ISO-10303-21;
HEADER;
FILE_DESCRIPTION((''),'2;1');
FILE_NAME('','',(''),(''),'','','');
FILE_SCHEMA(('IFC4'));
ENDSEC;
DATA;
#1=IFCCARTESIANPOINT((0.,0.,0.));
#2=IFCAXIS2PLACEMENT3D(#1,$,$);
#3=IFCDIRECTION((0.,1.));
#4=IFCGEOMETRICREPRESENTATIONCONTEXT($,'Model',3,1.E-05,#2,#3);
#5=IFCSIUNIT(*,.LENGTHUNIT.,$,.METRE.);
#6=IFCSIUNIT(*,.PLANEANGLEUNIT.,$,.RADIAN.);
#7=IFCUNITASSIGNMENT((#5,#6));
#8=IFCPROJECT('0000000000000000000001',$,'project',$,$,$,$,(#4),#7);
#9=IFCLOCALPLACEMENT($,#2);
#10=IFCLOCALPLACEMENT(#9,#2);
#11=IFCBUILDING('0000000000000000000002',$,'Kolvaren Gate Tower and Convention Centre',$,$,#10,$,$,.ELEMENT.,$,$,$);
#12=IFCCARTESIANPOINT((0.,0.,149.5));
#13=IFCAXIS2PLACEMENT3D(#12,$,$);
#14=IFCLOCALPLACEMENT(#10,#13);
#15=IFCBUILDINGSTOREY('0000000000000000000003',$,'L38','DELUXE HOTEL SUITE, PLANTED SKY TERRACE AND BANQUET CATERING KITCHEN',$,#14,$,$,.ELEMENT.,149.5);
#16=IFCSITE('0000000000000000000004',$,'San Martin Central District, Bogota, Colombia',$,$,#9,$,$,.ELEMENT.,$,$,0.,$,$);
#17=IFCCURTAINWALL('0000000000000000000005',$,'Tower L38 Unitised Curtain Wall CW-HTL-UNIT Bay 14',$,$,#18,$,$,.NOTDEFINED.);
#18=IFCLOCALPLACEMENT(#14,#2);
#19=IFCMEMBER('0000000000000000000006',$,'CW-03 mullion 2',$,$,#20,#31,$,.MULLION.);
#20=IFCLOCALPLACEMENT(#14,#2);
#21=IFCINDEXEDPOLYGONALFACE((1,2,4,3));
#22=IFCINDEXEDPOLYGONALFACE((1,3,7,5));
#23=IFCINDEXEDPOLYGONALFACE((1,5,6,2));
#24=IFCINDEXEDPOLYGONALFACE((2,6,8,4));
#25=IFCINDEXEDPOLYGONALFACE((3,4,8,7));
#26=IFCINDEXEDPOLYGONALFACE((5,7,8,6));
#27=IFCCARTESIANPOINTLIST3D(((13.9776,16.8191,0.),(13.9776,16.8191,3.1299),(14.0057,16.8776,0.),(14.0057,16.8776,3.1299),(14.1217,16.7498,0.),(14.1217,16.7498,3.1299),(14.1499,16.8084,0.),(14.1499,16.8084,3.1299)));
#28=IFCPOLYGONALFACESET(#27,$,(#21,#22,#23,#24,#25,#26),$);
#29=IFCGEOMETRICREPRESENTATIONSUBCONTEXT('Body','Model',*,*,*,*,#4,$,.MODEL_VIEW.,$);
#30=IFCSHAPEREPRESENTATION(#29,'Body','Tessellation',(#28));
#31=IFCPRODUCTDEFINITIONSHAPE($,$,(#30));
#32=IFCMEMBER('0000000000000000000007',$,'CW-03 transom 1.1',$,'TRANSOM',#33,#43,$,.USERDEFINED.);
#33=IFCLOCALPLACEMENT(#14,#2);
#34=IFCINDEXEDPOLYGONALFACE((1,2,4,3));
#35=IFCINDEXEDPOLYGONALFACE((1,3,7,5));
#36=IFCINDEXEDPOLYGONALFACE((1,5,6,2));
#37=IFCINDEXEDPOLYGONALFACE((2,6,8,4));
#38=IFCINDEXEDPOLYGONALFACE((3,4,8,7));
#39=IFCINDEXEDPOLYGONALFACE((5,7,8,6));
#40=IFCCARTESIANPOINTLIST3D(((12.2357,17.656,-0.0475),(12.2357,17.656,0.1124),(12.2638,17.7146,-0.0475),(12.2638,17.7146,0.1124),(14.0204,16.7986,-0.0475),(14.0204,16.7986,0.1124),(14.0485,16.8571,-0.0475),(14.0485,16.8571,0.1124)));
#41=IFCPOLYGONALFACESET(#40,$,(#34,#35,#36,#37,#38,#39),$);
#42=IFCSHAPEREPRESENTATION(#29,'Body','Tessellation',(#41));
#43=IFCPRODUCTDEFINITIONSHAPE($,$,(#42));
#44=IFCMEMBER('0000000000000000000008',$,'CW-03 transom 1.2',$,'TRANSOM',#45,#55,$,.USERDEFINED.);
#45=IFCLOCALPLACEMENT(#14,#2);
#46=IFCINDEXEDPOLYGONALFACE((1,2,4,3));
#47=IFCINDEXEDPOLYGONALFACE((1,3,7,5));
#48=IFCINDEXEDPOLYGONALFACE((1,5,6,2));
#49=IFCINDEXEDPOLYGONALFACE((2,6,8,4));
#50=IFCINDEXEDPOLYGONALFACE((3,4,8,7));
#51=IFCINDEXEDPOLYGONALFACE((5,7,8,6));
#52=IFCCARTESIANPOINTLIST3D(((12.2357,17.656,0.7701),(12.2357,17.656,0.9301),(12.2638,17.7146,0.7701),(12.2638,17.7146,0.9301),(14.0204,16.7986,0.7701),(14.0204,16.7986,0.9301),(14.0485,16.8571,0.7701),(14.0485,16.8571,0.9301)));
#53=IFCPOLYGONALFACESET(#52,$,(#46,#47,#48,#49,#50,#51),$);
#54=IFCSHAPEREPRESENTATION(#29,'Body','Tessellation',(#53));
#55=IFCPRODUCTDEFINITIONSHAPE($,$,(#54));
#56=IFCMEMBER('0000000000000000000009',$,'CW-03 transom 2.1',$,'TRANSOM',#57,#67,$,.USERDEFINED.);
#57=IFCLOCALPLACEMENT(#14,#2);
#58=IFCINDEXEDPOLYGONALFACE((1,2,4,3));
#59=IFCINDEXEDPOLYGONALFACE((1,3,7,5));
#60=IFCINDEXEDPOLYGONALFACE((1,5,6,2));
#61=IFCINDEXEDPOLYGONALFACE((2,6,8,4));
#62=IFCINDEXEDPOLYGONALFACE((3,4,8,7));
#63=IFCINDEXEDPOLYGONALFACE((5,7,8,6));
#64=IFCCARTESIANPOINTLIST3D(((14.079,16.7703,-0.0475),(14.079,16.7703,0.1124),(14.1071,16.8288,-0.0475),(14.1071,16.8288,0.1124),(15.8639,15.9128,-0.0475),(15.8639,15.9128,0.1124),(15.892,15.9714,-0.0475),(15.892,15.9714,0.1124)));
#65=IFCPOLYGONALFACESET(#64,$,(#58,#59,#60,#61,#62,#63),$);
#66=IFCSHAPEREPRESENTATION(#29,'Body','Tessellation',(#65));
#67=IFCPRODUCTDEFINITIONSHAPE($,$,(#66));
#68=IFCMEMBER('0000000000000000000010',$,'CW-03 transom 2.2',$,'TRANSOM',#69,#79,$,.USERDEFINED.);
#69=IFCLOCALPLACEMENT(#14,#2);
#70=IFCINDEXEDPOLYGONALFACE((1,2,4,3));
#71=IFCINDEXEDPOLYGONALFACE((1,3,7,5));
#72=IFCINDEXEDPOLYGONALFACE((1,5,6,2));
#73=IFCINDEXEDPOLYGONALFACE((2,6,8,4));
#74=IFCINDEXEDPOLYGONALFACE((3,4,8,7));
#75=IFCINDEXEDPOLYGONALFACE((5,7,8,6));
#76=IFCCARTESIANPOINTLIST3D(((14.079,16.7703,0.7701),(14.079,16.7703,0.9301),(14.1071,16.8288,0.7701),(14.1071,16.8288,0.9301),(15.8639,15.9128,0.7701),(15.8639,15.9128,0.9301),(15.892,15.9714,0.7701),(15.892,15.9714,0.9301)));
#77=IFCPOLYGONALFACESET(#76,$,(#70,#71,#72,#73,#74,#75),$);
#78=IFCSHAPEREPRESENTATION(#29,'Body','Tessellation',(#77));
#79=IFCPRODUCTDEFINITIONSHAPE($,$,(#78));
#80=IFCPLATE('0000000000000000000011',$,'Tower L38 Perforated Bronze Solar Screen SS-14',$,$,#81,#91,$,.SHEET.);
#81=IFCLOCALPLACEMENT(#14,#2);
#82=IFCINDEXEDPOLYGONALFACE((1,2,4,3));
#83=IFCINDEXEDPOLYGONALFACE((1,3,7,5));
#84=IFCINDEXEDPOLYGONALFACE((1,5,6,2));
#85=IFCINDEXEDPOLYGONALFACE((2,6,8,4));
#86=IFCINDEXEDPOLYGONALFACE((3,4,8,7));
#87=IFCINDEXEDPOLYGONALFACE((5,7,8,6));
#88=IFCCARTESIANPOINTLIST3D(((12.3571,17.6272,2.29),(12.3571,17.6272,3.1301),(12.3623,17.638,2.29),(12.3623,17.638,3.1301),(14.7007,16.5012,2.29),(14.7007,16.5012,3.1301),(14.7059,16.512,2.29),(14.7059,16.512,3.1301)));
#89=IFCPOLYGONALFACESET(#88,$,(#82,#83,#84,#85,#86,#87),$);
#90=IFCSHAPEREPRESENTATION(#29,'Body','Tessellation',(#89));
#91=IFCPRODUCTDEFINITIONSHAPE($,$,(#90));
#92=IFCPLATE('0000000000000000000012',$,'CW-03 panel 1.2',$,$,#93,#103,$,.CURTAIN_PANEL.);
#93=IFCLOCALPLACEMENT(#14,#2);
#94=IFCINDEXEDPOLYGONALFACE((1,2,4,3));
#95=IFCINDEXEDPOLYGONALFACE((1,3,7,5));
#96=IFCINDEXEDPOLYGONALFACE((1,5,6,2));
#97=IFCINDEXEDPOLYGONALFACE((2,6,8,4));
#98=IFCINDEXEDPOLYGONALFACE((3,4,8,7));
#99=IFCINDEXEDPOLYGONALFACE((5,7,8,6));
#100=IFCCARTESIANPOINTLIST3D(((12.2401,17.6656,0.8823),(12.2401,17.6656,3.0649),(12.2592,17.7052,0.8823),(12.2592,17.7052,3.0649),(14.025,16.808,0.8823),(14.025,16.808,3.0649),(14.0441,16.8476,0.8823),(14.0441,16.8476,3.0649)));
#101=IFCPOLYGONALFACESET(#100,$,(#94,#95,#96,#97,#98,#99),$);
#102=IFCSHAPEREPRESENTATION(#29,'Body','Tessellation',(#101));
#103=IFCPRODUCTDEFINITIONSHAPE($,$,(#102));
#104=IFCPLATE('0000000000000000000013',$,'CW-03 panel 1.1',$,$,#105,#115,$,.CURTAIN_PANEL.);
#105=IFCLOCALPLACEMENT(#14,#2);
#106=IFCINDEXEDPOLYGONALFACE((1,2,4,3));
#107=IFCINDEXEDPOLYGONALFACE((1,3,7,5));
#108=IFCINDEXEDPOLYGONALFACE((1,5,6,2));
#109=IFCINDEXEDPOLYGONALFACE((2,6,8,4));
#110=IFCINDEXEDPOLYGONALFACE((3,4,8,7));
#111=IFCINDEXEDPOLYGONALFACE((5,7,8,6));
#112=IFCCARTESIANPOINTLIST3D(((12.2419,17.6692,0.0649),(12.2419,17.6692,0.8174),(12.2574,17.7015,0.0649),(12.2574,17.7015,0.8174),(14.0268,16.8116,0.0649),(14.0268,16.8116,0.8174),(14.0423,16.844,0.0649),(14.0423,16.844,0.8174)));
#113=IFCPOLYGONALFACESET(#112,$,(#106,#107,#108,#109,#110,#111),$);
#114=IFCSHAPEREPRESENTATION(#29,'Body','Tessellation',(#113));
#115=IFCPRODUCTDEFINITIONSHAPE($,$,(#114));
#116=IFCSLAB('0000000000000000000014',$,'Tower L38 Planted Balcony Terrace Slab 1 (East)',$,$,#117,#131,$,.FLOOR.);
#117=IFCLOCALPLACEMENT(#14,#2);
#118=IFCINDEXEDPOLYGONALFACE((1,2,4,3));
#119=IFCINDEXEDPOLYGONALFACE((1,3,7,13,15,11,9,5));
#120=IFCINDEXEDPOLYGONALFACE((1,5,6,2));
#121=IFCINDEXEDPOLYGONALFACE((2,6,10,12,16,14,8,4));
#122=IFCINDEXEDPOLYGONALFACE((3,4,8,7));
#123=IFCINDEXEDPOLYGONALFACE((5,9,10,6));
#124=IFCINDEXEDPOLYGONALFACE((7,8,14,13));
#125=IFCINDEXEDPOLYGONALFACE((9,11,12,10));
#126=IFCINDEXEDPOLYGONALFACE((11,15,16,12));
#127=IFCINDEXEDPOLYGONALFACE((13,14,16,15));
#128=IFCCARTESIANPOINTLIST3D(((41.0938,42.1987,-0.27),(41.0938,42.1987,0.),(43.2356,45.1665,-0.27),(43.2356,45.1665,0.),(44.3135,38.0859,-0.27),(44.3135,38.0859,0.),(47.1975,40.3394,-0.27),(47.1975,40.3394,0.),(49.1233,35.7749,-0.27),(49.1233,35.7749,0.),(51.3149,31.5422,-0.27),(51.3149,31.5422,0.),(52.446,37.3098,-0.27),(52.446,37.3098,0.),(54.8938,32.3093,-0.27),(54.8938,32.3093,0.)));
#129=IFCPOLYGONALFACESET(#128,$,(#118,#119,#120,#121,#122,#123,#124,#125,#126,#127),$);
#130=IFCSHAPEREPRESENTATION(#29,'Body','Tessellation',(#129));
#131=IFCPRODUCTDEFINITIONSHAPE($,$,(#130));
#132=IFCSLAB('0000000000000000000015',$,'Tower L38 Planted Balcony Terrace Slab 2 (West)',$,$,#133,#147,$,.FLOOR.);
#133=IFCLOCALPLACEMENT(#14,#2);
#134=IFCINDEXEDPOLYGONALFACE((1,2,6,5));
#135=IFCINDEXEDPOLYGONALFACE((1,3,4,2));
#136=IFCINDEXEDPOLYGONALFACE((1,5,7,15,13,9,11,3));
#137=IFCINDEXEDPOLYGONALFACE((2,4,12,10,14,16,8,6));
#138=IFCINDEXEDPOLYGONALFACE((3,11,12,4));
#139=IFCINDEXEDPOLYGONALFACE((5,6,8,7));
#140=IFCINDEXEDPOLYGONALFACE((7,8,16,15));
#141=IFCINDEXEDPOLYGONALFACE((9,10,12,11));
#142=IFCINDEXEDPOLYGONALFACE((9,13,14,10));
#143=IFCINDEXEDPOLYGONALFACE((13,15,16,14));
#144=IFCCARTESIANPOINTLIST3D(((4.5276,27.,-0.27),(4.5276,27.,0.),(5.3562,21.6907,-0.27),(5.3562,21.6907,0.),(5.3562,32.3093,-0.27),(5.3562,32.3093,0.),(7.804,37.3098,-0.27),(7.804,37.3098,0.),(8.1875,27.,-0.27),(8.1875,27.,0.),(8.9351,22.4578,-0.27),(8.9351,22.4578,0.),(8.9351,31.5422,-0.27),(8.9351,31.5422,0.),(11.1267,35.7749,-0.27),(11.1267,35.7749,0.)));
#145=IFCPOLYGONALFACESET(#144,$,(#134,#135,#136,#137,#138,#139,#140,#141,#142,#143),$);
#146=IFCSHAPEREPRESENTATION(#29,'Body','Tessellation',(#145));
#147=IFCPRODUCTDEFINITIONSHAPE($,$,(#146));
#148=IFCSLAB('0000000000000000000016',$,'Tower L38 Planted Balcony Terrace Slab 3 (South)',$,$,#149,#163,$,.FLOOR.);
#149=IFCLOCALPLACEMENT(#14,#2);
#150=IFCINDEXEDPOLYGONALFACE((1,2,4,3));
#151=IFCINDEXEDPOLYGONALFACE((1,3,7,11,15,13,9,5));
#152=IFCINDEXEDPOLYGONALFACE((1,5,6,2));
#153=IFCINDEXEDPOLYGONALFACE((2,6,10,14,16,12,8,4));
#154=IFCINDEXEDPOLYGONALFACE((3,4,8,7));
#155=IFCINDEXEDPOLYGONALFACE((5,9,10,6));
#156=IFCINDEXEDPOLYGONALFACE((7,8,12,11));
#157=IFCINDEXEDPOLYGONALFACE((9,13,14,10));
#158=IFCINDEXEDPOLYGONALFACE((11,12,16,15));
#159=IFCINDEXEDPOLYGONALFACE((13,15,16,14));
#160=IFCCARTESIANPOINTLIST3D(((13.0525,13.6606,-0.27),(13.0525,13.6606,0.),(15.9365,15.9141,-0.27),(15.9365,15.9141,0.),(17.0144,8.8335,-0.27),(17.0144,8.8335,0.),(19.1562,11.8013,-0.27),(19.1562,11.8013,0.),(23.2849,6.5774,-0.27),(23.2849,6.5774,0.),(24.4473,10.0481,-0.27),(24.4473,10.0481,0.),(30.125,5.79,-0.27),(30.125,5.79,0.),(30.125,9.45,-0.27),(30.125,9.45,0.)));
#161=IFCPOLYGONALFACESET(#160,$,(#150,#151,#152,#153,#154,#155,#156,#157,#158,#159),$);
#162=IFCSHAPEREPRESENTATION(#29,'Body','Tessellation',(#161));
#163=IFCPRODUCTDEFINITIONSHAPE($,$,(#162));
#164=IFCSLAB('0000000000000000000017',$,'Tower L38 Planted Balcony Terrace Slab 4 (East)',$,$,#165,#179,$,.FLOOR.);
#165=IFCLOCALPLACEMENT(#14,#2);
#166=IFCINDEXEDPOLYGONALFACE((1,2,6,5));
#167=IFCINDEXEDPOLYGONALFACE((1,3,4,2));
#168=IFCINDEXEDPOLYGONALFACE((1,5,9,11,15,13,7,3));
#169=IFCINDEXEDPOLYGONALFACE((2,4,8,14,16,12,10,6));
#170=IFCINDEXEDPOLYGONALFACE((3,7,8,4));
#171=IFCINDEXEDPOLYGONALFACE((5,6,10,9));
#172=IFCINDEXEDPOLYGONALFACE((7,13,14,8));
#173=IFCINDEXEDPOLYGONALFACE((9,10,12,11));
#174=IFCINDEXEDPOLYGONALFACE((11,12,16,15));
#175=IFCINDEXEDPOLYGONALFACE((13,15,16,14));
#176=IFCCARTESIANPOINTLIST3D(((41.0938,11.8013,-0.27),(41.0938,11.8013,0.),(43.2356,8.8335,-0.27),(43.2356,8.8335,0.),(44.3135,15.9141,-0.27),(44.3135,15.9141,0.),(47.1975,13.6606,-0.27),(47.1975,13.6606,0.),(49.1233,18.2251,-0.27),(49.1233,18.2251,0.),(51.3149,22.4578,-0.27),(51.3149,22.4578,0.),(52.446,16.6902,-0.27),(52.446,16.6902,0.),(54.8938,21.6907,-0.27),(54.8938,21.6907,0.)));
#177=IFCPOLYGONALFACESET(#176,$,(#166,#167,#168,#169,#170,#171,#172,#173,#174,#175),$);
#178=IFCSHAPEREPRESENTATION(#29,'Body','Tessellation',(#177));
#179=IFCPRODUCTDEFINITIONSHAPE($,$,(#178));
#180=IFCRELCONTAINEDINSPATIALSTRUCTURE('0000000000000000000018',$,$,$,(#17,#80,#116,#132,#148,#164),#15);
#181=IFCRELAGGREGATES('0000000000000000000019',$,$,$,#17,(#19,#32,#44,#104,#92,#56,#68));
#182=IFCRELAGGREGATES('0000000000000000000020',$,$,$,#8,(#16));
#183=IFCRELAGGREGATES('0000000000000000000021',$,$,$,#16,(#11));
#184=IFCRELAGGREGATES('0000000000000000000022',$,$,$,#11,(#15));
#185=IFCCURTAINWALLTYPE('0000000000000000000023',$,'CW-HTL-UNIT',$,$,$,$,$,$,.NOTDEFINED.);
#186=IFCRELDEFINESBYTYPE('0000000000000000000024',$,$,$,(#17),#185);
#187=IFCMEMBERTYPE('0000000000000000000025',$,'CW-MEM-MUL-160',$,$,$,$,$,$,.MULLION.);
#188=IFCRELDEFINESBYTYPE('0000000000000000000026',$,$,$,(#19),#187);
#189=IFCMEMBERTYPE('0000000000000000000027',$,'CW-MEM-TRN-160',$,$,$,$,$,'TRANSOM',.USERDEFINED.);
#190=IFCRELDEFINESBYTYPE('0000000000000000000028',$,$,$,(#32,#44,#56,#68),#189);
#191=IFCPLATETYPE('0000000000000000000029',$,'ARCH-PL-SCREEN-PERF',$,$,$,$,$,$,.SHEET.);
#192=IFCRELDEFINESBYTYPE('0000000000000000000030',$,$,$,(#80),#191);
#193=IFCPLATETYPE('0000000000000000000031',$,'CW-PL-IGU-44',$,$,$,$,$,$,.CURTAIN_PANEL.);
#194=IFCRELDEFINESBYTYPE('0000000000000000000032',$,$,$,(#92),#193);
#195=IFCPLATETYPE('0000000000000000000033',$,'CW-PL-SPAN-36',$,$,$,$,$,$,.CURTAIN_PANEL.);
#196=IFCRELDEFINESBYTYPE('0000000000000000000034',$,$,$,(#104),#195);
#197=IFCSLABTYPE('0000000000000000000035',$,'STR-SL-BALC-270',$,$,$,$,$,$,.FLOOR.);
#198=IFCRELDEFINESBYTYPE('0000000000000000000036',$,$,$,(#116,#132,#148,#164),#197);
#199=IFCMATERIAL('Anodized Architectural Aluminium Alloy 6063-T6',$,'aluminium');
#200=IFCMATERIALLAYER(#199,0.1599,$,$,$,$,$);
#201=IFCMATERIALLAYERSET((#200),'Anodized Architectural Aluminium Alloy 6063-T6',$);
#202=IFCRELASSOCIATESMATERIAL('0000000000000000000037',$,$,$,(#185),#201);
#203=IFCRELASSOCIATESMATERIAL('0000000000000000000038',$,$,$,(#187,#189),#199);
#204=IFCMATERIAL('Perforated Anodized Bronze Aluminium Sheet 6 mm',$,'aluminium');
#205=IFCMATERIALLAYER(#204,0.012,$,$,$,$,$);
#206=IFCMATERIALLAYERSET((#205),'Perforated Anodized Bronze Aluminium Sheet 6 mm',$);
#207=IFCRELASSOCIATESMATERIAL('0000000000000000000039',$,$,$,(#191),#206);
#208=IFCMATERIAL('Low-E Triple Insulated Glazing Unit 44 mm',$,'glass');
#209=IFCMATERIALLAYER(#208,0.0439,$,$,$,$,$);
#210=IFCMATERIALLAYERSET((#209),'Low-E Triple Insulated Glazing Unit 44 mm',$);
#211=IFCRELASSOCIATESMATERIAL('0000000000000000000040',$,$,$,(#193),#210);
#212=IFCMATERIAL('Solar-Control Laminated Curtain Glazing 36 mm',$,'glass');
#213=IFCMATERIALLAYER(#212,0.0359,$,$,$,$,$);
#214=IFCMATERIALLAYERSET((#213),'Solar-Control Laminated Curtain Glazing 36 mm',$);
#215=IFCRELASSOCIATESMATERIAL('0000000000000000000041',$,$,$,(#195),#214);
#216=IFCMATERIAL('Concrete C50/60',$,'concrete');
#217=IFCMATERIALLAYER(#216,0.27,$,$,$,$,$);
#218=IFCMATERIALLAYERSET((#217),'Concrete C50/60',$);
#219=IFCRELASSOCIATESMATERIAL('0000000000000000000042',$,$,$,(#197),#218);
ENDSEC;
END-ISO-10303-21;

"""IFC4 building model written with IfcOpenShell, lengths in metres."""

from ifc_helpers import new_model, si_unit, direction, frame, origin, origin_2d, place, context, subcontext, project, spatial, polyline, rectangle, outline, extrude, material, layer, layer_set, material_profile, profile_set, type_object, element, aggregate, save


model = new_model("IFC4")

# Units and contexts
model_context = context("Model", 3, precision=1e-05, world=origin(), true_north=direction((0.0, 1.0)))
body_context = subcontext(model_context, "Body", "Model", "MODEL_VIEW")
ifc_project = project(units=[si_unit("LENGTHUNIT", "METRE"), si_unit("PLANEANGLEUNIT", "RADIAN")], contexts=[model_context])

# Site, building, storey
site_placement = place(None, origin())
site = spatial("IfcSite", under=ifc_project, at=site_placement, Name="San Martin Central District, Bogota, Colombia", CompositionType="ELEMENT", RefElevation=0.0)
building_placement = place(site_placement, origin())
building = spatial("IfcBuilding", under=site, at=building_placement, Name="Kolvaren Gate Tower and Convention Centre", CompositionType="ELEMENT")
storey_placement = place(building_placement, frame((0.0, 0.0, 149.5)))
storey = spatial("IfcBuildingStorey", under=building, at=storey_placement, Name="L38", Description="DELUXE HOTEL SUITE, PLANTED SKY TERRACE AND BANQUET CATERING KITCHEN", CompositionType="ELEMENT", Elevation=149.5)

# Curtain wall, members
ifc_material_1 = material(Name="Anodized Architectural Aluminium Alloy 6063-T6", Category="aluminium")
ifc_layer_1 = layer(ifc_material_1, 0.1599)
ifc_layer_set_1 = layer_set([ifc_layer_1], Name="Anodized Architectural Aluminium Alloy 6063-T6")
curtain_wall_type = type_object("IfcCurtainWallType", Name="CW-HTL-UNIT", PredefinedType="NOTDEFINED", material=ifc_layer_set_1)
curtain_wall_placement = place(storey_placement, origin())
curtain_wall = element("IfcCurtainWall", 1, at=curtain_wall_placement, inside=storey, type_object=curtain_wall_type, Name="Tower L38 Unitised Curtain Wall CW-HTL-UNIT Bay 14", PredefinedType="NOTDEFINED")
ifc_material_profile_1 = material_profile(ifc_material_1, rectangle(XDim=0.0649, YDim=0.1599, at=origin_2d()), Name="CW-MEM-MUL-160")
ifc_profile_set_1 = profile_set([ifc_material_profile_1], Name="Anodized Architectural Aluminium Alloy 6063-T6")
member_type_1 = type_object("IfcMemberType", Name="CW-MEM-MUL-160", PredefinedType="MULLION", material=ifc_profile_set_1)
member_1_placement = place(storey_placement, frame((14.0637, 16.8137, 0.0), z_axis=(0.0, 0.0, 1.0), x_axis=(0.433065, 0.901363, 0.0)))
member_1 = element("IfcMember", 2, at=member_1_placement, type_object=member_type_1, Name="CW-03 mullion 2", PredefinedType="MULLION", context=body_context, shape_type="SweptSolid", body=[
    extrude(rectangle(XDim=0.0649, YDim=0.1599, at=origin_2d()), origin(), (0.0, 0.0, 1.0), 3.1299),
])
ifc_material_profile_2 = material_profile(ifc_material_1, rectangle(XDim=0.0649, YDim=0.1599, at=origin_2d()), Name="CW-MEM-TRN-160")
ifc_profile_set_2 = profile_set([ifc_material_profile_2], Name="Anodized Architectural Aluminium Alloy 6063-T6")
member_type_2 = type_object("IfcMemberType", Name="CW-MEM-TRN-160", ElementType="TRANSOM", PredefinedType="USERDEFINED", material=ifc_profile_set_2)
member_2_placement = place(storey_placement, frame((12.2498, 17.6853, 0.0325), z_axis=(0.901369, -0.433052, 0.0), x_axis=(0.433052, 0.901369, 0.0)))
member_2 = element("IfcMember", 3, at=member_2_placement, type_object=member_type_2, Name="CW-03 transom 1.1", ObjectType="TRANSOM", PredefinedType="USERDEFINED", context=body_context, shape_type="SweptSolid", body=[
    extrude(rectangle(XDim=0.0649, YDim=0.1599, at=origin_2d()), origin(), (0.0, 0.0, 1.0), 1.98),
])
member_3_placement = place(storey_placement, frame((12.2498, 17.6853, 0.8501), z_axis=(0.901369, -0.433052, 0.0), x_axis=(0.433052, 0.901369, 0.0)))
member_3 = element("IfcMember", 4, at=member_3_placement, type_object=member_type_2, Name="CW-03 transom 1.2", ObjectType="TRANSOM", PredefinedType="USERDEFINED", context=body_context, shape_type="SweptSolid", body=[
    extrude(rectangle(XDim=0.0649, YDim=0.1599, at=origin_2d()), origin(), (0.0, 0.0, 1.0), 1.98),
])
member_4_placement = place(storey_placement, frame((14.093, 16.7996, 0.0325), z_axis=(0.901392, -0.433004, 0.0), x_axis=(0.433004, 0.901392, 0.0)))
member_4 = element("IfcMember", 5, at=member_4_placement, type_object=member_type_2, Name="CW-03 transom 2.1", ObjectType="TRANSOM", PredefinedType="USERDEFINED", context=body_context, shape_type="SweptSolid", body=[
    extrude(rectangle(XDim=0.0649, YDim=0.1599, at=origin_2d()), origin(), (0.0, 0.0, 1.0), 1.9802),
])
member_5_placement = place(storey_placement, frame((14.093, 16.7996, 0.8501), z_axis=(0.901392, -0.433004, 0.0), x_axis=(0.433004, 0.901392, 0.0)))
member_5 = element("IfcMember", 6, at=member_5_placement, type_object=member_type_2, Name="CW-03 transom 2.2", ObjectType="TRANSOM", PredefinedType="USERDEFINED", context=body_context, shape_type="SweptSolid", body=[
    extrude(rectangle(XDim=0.0649, YDim=0.1599, at=origin_2d()), origin(), (0.0, 0.0, 1.0), 1.9802),
])

# Plates
ifc_material_2 = material(Name="Perforated Anodized Bronze Aluminium Sheet 6 mm", Category="aluminium")
ifc_layer_2 = layer(ifc_material_2, 0.012)
ifc_layer_set_2 = layer_set([ifc_layer_2], Name="Perforated Anodized Bronze Aluminium Sheet 6 mm")
plate_type_1 = type_object("IfcPlateType", Name="ARCH-PL-SCREEN-PERF", PredefinedType="SHEET", material=ifc_layer_set_2)
plate_1_placement = place(storey_placement, frame((13.5315, 17.0696, 2.29), z_axis=(0.0, 0.0, 1.0), x_axis=(0.901358, -0.433074, 0.0)))
element("IfcPlate", 7, at=plate_1_placement, inside=storey, type_object=plate_type_1, Name="Tower L38 Perforated Bronze Solar Screen SS-14", PredefinedType="SHEET", context=body_context, shape_type="SweptSolid", body=[
    extrude(rectangle(XDim=2.6001, YDim=0.012, at=origin_2d()), origin(), (0.0, 0.0, 1.0), 0.8401),
])
ifc_material_3 = material(Name="Low-E Triple Insulated Glazing Unit 44 mm", Category="glass")
ifc_layer_3 = layer(ifc_material_3, 0.0439)
ifc_layer_set_3 = layer_set([ifc_layer_3], Name="Low-E Triple Insulated Glazing Unit 44 mm")
plate_type_2 = type_object("IfcPlateType", Name="CW-PL-IGU-44", PredefinedType="CURTAIN_PANEL", material=ifc_layer_set_3)
plate_2_placement = place(storey_placement, frame((13.1421, 17.2566, 0.8823), z_axis=(0.0, 0.0, 1.0), x_axis=(0.901363, -0.433065, 0.0)))
plate_2 = element("IfcPlate", 8, at=plate_2_placement, type_object=plate_type_2, Name="CW-03 panel 1.2", PredefinedType="CURTAIN_PANEL", context=body_context, shape_type="SweptSolid", body=[
    extrude(rectangle(XDim=1.9802, YDim=0.0439, at=origin_2d()), origin(), (0.0, 0.0, 1.0), 2.1826),
])
ifc_material_4 = material(Name="Solar-Control Laminated Curtain Glazing 36 mm", Category="glass")
ifc_layer_4 = layer(ifc_material_4, 0.0359)
ifc_layer_set_4 = layer_set([ifc_layer_4], Name="Solar-Control Laminated Curtain Glazing 36 mm")
plate_type_3 = type_object("IfcPlateType", Name="CW-PL-SPAN-36", PredefinedType="CURTAIN_PANEL", material=ifc_layer_set_4)
plate_3_placement = place(storey_placement, frame((13.1421, 17.2566, 0.0649), z_axis=(0.0, 0.0, 1.0), x_axis=(0.901363, -0.433065, 0.0)))
plate_3 = element("IfcPlate", 9, at=plate_3_placement, type_object=plate_type_3, Name="CW-03 panel 1.1", PredefinedType="CURTAIN_PANEL", context=body_context, shape_type="SweptSolid", body=[
    extrude(rectangle(XDim=1.9802, YDim=0.0359, at=origin_2d()), origin(), (0.0, 0.0, 1.0), 0.7524),
])
aggregate(curtain_wall, [member_1, member_2, member_3, plate_3, plate_2, member_4, member_5])

# Slabs
ifc_material_5 = material(Name="Concrete C50/60", Category="concrete")
ifc_layer_5 = layer(ifc_material_5, 0.27)
ifc_layer_set_5 = layer_set([ifc_layer_5], Name="Concrete C50/60")
slab_type_1 = type_object("IfcSlabType", Name="STR-SL-BALC-270", PredefinedType="FLOOR", material=ifc_layer_set_5)
slab_1_placement = place(storey_placement, frame((0.0, 0.0, -0.27)))
element("IfcSlab", 10, at=slab_1_placement, inside=storey, type_object=slab_type_1, Name="Tower L38 Planted Balcony Terrace Slab 1 (East)", PredefinedType="FLOOR", context=body_context, shape_type="SweptSolid", body=[
    extrude(outline(polyline([(51.3149, 31.5422), (49.1233, 35.7749), (44.3135, 38.0859), (41.0938, 42.1987), (43.2356, 45.1665), (47.1975, 40.3394), (52.446, 37.3098), (54.8938, 32.3093), (51.3149, 31.5422)])), origin(), (0.0, 0.0, 1.0), 0.27),
])
slab_2_placement = place(storey_placement, frame((0.0, 0.0, -0.27)))
element("IfcSlab", 11, at=slab_2_placement, inside=storey, type_object=slab_type_1, Name="Tower L38 Planted Balcony Terrace Slab 2 (West)", PredefinedType="FLOOR", context=body_context, shape_type="SweptSolid", body=[
    extrude(outline(polyline([(11.1267, 35.7749), (8.9351, 31.5422), (8.1875, 27.0), (8.9351, 22.4578), (5.3562, 21.6907), (4.5276, 27.0), (5.3562, 32.3093), (7.804, 37.3098), (11.1267, 35.7749)])), origin(), (0.0, 0.0, 1.0), 0.27),
])
slab_3_placement = place(storey_placement, frame((0.0, 0.0, -0.27)))
element("IfcSlab", 12, at=slab_3_placement, inside=storey, type_object=slab_type_1, Name="Tower L38 Planted Balcony Terrace Slab 3 (South)", PredefinedType="FLOOR", context=body_context, shape_type="SweptSolid", body=[
    extrude(outline(polyline([(15.9365, 15.9141), (19.1562, 11.8013), (24.4473, 10.0481), (30.125, 9.45), (30.125, 5.79), (23.2849, 6.5774), (17.0144, 8.8335), (13.0525, 13.6606), (15.9365, 15.9141)])), origin(), (0.0, 0.0, 1.0), 0.27),
])
slab_4_placement = place(storey_placement, frame((0.0, 0.0, -0.27)))
element("IfcSlab", 13, at=slab_4_placement, inside=storey, type_object=slab_type_1, Name="Tower L38 Planted Balcony Terrace Slab 4 (East)", PredefinedType="FLOOR", context=body_context, shape_type="SweptSolid", body=[
    extrude(outline(polyline([(41.0938, 11.8013), (44.3135, 15.9141), (49.1233, 18.2251), (51.3149, 22.4578), (54.8938, 21.6907), (52.446, 16.6902), (47.1975, 13.6606), (43.2356, 8.8335), (41.0938, 11.8013)])), origin(), (0.0, 0.0, 1.0), 0.27),
])

save(model, "model.ifc")
